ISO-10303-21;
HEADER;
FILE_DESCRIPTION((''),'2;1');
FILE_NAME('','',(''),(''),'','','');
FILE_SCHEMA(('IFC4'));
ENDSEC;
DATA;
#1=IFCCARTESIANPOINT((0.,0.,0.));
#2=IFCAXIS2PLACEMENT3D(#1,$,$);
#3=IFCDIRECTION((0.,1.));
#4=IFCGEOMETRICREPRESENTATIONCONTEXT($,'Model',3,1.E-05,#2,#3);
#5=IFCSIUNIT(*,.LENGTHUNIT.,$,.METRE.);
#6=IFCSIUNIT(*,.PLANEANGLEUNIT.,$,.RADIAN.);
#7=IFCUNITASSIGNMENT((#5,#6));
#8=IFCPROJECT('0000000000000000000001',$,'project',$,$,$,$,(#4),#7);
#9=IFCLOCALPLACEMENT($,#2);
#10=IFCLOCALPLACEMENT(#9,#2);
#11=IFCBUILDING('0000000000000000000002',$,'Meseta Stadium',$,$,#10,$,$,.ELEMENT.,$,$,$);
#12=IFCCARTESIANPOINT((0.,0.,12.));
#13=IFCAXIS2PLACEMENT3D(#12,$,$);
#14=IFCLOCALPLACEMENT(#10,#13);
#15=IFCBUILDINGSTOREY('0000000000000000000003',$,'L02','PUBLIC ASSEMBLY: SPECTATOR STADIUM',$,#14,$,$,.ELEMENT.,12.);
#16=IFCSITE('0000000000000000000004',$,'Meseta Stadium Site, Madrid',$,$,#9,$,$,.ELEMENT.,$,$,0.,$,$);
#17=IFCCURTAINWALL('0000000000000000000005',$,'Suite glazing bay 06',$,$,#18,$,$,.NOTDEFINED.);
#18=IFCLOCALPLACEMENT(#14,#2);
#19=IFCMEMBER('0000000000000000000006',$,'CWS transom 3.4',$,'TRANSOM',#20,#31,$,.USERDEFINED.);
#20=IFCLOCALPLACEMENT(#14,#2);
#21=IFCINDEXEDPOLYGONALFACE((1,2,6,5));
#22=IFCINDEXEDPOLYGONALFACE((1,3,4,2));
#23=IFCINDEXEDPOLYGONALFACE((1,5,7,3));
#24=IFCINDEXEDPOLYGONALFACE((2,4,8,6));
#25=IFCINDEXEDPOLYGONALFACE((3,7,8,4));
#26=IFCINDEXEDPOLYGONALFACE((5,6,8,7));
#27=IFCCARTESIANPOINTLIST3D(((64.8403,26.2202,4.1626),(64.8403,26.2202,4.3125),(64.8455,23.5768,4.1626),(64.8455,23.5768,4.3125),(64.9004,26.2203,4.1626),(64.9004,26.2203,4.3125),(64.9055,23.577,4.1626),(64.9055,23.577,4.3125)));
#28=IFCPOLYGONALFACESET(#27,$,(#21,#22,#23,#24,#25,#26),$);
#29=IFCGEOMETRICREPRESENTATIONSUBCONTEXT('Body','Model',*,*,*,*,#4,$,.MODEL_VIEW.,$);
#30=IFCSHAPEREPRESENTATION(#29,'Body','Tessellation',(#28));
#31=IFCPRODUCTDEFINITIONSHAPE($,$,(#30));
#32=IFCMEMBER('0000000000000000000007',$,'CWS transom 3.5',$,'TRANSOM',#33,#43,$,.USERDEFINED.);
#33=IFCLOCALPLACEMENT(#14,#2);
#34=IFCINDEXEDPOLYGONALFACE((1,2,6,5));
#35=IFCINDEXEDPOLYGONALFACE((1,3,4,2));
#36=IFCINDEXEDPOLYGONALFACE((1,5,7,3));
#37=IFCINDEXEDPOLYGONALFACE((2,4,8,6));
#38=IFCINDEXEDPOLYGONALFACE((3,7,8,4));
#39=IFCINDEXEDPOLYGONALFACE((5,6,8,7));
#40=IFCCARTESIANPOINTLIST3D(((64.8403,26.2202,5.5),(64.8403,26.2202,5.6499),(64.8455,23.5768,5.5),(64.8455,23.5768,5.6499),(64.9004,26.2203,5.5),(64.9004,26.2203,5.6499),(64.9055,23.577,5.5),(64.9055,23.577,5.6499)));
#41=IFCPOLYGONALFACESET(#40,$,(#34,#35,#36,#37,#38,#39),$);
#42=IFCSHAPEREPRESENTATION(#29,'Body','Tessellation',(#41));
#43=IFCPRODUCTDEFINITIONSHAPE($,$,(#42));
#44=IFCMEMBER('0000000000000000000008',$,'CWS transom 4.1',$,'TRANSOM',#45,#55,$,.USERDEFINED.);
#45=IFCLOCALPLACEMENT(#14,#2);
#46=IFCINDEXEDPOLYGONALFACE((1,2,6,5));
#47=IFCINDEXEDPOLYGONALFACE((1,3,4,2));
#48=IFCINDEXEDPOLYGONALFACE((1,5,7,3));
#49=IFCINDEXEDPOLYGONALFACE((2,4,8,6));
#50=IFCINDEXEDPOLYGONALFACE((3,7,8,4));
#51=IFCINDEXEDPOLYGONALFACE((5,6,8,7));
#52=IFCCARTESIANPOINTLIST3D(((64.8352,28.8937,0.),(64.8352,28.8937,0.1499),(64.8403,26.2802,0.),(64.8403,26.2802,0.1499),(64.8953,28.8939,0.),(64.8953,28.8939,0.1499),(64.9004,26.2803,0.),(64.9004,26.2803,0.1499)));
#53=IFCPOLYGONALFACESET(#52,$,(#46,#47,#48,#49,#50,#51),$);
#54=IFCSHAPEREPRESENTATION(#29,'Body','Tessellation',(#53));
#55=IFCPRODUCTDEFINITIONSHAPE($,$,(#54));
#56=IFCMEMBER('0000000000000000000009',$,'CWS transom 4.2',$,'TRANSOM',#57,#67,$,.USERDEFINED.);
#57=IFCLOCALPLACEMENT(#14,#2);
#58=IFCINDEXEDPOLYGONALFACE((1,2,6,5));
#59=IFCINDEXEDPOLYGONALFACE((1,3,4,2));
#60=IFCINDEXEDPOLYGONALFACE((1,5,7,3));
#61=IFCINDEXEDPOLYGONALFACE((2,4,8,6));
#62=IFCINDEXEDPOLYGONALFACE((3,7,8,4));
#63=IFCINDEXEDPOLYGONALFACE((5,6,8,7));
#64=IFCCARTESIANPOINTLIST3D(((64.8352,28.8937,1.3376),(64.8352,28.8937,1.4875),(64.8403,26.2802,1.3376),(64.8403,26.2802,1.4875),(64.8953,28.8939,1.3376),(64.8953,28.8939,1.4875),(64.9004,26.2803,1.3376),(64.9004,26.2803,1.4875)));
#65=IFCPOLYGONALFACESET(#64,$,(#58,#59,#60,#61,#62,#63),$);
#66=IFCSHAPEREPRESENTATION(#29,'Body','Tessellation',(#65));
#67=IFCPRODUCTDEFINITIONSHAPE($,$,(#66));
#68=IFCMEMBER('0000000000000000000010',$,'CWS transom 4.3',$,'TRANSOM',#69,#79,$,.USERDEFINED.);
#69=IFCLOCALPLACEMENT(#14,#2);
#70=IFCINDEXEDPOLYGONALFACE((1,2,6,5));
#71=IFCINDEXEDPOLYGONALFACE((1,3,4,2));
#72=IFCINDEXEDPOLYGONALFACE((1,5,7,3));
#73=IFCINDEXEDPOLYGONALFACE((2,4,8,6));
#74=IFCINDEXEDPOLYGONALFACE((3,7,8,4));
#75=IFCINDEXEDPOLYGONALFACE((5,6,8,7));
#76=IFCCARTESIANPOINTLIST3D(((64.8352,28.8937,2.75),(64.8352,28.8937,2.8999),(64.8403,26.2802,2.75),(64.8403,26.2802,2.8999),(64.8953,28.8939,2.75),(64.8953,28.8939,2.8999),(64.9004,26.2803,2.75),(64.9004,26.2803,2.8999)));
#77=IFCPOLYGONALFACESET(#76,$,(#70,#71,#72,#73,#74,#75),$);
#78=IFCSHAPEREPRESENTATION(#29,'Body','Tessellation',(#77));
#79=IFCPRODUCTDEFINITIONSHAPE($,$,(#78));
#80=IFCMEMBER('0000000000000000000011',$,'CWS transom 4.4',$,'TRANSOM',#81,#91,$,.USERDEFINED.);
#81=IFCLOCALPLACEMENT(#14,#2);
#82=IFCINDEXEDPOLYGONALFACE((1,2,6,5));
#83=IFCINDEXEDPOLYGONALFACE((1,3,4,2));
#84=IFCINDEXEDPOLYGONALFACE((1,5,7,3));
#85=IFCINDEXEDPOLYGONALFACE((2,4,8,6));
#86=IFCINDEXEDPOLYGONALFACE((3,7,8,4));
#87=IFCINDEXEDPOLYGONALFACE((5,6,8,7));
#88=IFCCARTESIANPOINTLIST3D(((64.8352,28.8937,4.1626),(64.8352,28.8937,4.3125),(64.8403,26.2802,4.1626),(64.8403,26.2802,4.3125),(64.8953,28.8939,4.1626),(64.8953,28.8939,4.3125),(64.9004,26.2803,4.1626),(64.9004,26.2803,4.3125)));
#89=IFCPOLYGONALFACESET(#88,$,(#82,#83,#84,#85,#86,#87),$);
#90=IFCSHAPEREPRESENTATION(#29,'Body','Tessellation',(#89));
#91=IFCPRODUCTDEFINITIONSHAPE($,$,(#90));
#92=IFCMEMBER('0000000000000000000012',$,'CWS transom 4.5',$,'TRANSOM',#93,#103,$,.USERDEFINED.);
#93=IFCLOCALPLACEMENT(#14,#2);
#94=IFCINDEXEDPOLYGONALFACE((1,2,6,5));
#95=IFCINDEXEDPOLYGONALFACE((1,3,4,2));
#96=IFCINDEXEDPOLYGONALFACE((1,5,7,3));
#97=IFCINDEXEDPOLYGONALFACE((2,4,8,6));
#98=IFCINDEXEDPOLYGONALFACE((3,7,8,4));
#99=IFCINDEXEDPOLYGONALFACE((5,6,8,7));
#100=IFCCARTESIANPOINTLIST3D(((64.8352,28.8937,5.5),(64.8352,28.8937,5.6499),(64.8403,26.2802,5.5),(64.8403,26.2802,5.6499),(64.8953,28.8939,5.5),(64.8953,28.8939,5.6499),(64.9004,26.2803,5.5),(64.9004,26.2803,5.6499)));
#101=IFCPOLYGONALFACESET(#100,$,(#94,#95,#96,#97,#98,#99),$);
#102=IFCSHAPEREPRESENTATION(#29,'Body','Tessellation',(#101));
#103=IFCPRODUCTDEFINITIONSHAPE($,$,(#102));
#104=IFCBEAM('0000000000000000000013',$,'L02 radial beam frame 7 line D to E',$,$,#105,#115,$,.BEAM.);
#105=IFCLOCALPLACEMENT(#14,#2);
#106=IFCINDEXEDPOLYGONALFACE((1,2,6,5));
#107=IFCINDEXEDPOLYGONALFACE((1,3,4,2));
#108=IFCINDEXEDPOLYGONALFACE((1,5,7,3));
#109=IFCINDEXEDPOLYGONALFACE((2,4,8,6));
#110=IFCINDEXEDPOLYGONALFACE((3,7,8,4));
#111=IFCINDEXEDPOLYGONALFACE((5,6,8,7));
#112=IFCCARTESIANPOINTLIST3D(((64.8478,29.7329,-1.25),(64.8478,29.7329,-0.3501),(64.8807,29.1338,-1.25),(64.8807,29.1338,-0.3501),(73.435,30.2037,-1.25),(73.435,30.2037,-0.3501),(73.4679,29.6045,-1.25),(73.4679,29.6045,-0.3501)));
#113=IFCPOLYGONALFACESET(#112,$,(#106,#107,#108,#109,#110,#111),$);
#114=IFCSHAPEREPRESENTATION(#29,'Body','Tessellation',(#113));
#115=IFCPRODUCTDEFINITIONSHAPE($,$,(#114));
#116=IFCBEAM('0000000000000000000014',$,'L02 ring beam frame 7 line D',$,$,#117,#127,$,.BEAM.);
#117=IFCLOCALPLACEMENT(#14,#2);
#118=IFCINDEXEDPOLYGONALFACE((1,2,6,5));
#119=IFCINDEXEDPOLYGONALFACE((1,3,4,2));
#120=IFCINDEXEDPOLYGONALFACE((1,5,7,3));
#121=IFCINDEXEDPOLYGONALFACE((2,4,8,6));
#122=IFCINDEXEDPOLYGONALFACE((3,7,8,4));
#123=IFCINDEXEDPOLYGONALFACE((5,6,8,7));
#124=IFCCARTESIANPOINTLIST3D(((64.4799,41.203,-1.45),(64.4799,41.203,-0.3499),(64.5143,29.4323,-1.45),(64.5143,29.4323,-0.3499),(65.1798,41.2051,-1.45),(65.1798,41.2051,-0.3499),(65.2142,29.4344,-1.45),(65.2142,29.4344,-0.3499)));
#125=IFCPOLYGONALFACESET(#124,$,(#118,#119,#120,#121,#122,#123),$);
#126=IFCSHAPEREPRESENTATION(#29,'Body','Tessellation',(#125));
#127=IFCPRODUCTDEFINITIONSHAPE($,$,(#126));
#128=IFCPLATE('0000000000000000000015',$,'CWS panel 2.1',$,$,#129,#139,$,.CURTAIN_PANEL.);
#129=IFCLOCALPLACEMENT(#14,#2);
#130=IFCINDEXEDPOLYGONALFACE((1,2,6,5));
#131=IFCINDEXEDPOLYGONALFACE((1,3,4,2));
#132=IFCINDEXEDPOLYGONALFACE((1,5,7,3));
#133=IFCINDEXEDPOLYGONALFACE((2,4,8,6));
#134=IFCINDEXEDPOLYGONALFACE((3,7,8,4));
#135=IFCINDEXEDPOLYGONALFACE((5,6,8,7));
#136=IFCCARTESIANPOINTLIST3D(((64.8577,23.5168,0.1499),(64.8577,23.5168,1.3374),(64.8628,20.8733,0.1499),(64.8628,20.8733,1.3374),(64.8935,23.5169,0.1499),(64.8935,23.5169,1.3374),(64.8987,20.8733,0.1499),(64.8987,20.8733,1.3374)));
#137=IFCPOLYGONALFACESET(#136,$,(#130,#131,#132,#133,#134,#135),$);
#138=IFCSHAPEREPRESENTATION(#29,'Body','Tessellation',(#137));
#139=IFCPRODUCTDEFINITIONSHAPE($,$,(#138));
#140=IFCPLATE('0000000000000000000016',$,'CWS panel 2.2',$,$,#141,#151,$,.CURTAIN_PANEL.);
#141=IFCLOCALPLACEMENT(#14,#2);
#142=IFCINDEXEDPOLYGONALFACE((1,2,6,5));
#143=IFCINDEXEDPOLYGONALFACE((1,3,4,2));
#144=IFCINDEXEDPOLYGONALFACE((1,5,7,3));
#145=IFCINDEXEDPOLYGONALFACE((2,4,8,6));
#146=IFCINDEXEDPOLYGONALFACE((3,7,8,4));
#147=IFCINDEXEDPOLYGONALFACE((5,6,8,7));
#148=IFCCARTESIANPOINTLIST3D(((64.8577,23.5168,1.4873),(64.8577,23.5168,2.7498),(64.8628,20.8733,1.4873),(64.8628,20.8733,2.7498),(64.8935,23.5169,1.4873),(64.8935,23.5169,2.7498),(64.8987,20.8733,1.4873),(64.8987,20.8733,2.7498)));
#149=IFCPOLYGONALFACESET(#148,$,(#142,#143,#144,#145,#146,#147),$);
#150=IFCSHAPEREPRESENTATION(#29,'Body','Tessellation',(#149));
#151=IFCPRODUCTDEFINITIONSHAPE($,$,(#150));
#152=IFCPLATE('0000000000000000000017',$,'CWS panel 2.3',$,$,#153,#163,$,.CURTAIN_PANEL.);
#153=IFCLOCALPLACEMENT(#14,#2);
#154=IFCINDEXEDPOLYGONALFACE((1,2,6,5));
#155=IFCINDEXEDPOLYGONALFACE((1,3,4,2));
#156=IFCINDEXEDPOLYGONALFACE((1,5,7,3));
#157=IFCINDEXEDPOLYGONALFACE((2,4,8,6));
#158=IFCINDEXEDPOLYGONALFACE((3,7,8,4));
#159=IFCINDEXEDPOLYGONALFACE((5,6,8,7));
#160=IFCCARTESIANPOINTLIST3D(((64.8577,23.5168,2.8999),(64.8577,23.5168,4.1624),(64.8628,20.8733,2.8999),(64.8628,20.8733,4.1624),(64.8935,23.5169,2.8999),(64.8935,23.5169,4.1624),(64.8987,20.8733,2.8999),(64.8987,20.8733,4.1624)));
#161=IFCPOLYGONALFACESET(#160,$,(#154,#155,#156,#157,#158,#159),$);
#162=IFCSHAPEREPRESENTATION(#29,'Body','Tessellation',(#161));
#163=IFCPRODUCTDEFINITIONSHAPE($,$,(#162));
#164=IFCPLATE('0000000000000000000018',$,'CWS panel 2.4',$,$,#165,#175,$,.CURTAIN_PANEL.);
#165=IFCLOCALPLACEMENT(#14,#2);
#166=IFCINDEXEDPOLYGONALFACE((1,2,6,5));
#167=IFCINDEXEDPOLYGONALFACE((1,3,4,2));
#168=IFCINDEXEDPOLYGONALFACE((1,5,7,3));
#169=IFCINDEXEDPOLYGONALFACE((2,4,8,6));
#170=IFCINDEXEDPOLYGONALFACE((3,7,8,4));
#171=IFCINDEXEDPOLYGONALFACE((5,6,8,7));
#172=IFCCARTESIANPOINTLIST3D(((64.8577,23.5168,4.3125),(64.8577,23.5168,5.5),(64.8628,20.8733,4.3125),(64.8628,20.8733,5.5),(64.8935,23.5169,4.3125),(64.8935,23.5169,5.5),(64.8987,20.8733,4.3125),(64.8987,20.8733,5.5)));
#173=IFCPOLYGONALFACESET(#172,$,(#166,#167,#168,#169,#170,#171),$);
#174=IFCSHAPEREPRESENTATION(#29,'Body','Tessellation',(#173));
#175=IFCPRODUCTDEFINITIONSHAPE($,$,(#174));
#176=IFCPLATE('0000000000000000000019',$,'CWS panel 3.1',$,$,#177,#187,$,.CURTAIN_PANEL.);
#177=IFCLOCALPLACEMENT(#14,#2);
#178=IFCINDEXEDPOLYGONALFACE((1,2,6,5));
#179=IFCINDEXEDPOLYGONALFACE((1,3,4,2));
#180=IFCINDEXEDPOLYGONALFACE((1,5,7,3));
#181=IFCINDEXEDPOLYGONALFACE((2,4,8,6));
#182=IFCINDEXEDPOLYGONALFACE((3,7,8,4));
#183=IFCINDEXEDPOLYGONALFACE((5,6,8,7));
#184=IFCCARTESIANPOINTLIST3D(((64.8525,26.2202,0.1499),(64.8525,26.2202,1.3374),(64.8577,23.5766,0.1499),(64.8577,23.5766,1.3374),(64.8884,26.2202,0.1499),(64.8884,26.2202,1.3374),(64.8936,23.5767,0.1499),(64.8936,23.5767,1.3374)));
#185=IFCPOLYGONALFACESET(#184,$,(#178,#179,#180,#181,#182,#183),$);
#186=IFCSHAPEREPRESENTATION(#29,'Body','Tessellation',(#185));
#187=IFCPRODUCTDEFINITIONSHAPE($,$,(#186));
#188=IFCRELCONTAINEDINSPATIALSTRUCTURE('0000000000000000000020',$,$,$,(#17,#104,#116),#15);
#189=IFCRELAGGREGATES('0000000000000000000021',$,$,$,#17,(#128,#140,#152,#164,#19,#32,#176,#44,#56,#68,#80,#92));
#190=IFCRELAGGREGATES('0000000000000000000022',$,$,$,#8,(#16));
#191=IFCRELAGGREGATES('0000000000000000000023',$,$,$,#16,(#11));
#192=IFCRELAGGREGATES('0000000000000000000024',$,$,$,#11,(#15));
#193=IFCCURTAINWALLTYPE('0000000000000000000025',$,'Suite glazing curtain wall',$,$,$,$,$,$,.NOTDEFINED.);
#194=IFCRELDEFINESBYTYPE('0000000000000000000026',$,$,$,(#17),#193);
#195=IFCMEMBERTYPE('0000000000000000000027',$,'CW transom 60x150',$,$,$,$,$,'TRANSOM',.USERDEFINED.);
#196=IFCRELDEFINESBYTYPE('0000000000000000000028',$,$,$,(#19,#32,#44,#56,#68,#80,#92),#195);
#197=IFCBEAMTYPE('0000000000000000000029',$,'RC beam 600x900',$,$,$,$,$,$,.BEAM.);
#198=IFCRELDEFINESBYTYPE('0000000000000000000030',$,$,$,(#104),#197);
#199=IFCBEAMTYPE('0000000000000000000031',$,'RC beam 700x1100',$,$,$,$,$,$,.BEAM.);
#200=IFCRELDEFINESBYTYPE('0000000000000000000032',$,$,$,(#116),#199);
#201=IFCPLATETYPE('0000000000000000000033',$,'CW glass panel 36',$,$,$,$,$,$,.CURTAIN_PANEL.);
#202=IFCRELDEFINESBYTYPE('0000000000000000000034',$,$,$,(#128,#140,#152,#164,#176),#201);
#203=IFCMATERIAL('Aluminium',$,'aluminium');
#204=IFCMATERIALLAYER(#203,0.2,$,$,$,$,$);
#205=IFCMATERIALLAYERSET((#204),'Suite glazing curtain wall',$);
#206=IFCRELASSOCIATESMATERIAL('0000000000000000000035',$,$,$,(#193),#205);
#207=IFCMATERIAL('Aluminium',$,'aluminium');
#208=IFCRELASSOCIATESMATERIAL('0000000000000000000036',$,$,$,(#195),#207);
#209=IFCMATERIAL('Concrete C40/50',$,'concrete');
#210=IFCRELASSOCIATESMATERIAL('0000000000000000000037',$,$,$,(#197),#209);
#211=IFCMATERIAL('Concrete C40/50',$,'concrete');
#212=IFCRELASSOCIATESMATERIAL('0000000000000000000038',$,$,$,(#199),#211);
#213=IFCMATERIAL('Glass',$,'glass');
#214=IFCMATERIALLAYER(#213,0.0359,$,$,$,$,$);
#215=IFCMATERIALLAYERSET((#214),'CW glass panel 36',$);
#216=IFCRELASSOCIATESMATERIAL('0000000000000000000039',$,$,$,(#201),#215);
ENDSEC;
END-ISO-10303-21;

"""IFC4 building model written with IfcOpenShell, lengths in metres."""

from ifc_helpers import new_model, si_unit, direction, frame, origin, origin_2d, place, context, subcontext, project, spatial, rectangle, extrude, material, layer, layer_set, material_profile, profile_set, type_object, element, aggregate, save


model = new_model("IFC4")

# Units and contexts
model_context = context("Model", 3, precision=1e-05, world=origin(), true_north=direction((0.0, 1.0)))
body_context = subcontext(model_context, "Body", "Model", "MODEL_VIEW")
ifc_project = project(units=[si_unit("LENGTHUNIT", "METRE"), si_unit("PLANEANGLEUNIT", "RADIAN")], contexts=[model_context])

# Site, building, storey
site_placement = place(None, origin())
site = spatial("IfcSite", under=ifc_project, at=site_placement, Name="Meseta Stadium Site, Madrid", CompositionType="ELEMENT", RefElevation=0.0)
building_placement = place(site_placement, origin())
building = spatial("IfcBuilding", under=site, at=building_placement, Name="Meseta Stadium", CompositionType="ELEMENT")
storey_placement = place(building_placement, frame((0.0, 0.0, 12.0)))
storey = spatial("IfcBuildingStorey", under=building, at=storey_placement, Name="L02", Description="PUBLIC ASSEMBLY: SPECTATOR STADIUM", CompositionType="ELEMENT", Elevation=12.0)

# Curtain wall, members
ifc_material_1 = material(Name="Aluminium", Category="aluminium")
ifc_layer_1 = layer(ifc_material_1, 0.2)
ifc_layer_set_1 = layer_set([ifc_layer_1], Name="Suite glazing curtain wall")
curtain_wall_type = type_object("IfcCurtainWallType", Name="Suite glazing curtain wall", PredefinedType="NOTDEFINED", material=ifc_layer_set_1)
curtain_wall_placement = place(storey_placement, origin())
curtain_wall = element("IfcCurtainWall", 1, at=curtain_wall_placement, inside=storey, type_object=curtain_wall_type, Name="Suite glazing bay 06", PredefinedType="NOTDEFINED")
ifc_material_2 = material(Name="Aluminium", Category="aluminium")
ifc_material_profile_1 = material_profile(ifc_material_2, rectangle(XDim=0.0601, YDim=0.1499, at=origin_2d()), Name="CW 60x150")
ifc_profile_set_1 = profile_set([ifc_material_profile_1], Name="Aluminium")
member_type_1 = type_object("IfcMemberType", Name="CW transom 60x150", ElementType="TRANSOM", PredefinedType="USERDEFINED", material=ifc_profile_set_1)
member_1_placement = place(storey_placement, frame((64.8755, 23.5769, 4.2375), z_axis=(-0.00194, 0.999998, 0.0), x_axis=(-0.999998, -0.00194, 0.0)))
member_1 = element("IfcMember", 2, at=member_1_placement, type_object=member_type_1, Name="CWS transom 3.4", ObjectType="TRANSOM", PredefinedType="USERDEFINED", context=body_context, shape_type="SweptSolid", body=[
    extrude(rectangle(XDim=0.0601, YDim=0.1499, at=origin_2d()), origin(), (0.0, 0.0, 1.0), 2.6433),
])
member_2_placement = place(storey_placement, frame((64.8755, 23.5769, 5.575), z_axis=(-0.00194, 0.999998, 0.0), x_axis=(-0.999998, -0.00194, 0.0)))
member_2 = element("IfcMember", 3, at=member_2_placement, type_object=member_type_1, Name="CWS transom 3.5", ObjectType="TRANSOM", PredefinedType="USERDEFINED", context=body_context, shape_type="SweptSolid", body=[
    extrude(rectangle(XDim=0.0601, YDim=0.1499, at=origin_2d()), origin(), (0.0, 0.0, 1.0), 2.6433),
])
member_3_placement = place(storey_placement, frame((64.8704, 26.2803, 0.075), z_axis=(-0.001962, 0.999998, 0.0), x_axis=(-0.999998, -0.001962, 0.0)))
member_3 = element("IfcMember", 4, at=member_3_placement, type_object=member_type_1, Name="CWS transom 4.1", ObjectType="TRANSOM", PredefinedType="USERDEFINED", context=body_context, shape_type="SweptSolid", body=[
    extrude(rectangle(XDim=0.0601, YDim=0.1499, at=origin_2d()), origin(), (0.0, 0.0, 1.0), 2.6135),
])
member_4_placement = place(storey_placement, frame((64.8704, 26.2803, 1.4126), z_axis=(-0.001962, 0.999998, 0.0), x_axis=(-0.999998, -0.001962, 0.0)))
member_4 = element("IfcMember", 5, at=member_4_placement, type_object=member_type_1, Name="CWS transom 4.2", ObjectType="TRANSOM", PredefinedType="USERDEFINED", context=body_context, shape_type="SweptSolid", body=[
    extrude(rectangle(XDim=0.0601, YDim=0.1499, at=origin_2d()), origin(), (0.0, 0.0, 1.0), 2.6135),
])
member_5_placement = place(storey_placement, frame((64.8704, 26.2803, 2.825), z_axis=(-0.001962, 0.999998, 0.0), x_axis=(-0.999998, -0.001962, 0.0)))
member_5 = element("IfcMember", 6, at=member_5_placement, type_object=member_type_1, Name="CWS transom 4.3", ObjectType="TRANSOM", PredefinedType="USERDEFINED", context=body_context, shape_type="SweptSolid", body=[
    extrude(rectangle(XDim=0.0601, YDim=0.1499, at=origin_2d()), origin(), (0.0, 0.0, 1.0), 2.6135),
])
member_6_placement = place(storey_placement, frame((64.8704, 26.2803, 4.2375), z_axis=(-0.001962, 0.999998, 0.0), x_axis=(-0.999998, -0.001962, 0.0)))
member_6 = element("IfcMember", 7, at=member_6_placement, type_object=member_type_1, Name="CWS transom 4.4", ObjectType="TRANSOM", PredefinedType="USERDEFINED", context=body_context, shape_type="SweptSolid", body=[
    extrude(rectangle(XDim=0.0601, YDim=0.1499, at=origin_2d()), origin(), (0.0, 0.0, 1.0), 2.6135),
])
member_7_placement = place(storey_placement, frame((64.8704, 26.2803, 5.575), z_axis=(-0.001962, 0.999998, 0.0), x_axis=(-0.999998, -0.001962, 0.0)))
member_7 = element("IfcMember", 8, at=member_7_placement, type_object=member_type_1, Name="CWS transom 4.5", ObjectType="TRANSOM", PredefinedType="USERDEFINED", context=body_context, shape_type="SweptSolid", body=[
    extrude(rectangle(XDim=0.0601, YDim=0.1499, at=origin_2d()), origin(), (0.0, 0.0, 1.0), 2.6135),
])

# Beams
ifc_material_3 = material(Name="Concrete C40/50", Category="concrete")
ifc_material_profile_2 = material_profile(ifc_material_3, rectangle(XDim=0.6001, YDim=0.8999, at=origin_2d()), Name="RC 600x900")
ifc_profile_set_2 = profile_set([ifc_material_profile_2], Name="Concrete C40/50")
beam_type_1 = type_object("IfcBeamType", Name="RC beam 600x900", PredefinedType="BEAM", material=ifc_profile_set_2)
beam_1_placement = place(storey_placement, frame((64.8643, 29.4333, -0.8), z_axis=(0.998501, 0.054733, 0.0), x_axis=(-0.054733, 0.998501, 0.0)))
element("IfcBeam", 9, at=beam_1_placement, inside=storey, type_object=beam_type_1, Name="L02 radial beam frame 7 line D to E", PredefinedType="BEAM", context=body_context, shape_type="SweptSolid", body=[
    extrude(rectangle(XDim=0.6001, YDim=0.8999, at=origin_2d()), origin(), (0.0, 0.0, 1.0), 8.6001),
])
ifc_material_4 = material(Name="Concrete C40/50", Category="concrete")
ifc_material_profile_3 = material_profile(ifc_material_4, rectangle(XDim=0.7, YDim=1.1001, at=origin_2d()), Name="RC 700x1100")
ifc_profile_set_3 = profile_set([ifc_material_profile_3], Name="Concrete C40/50")
beam_type_2 = type_object("IfcBeamType", Name="RC beam 700x1100", PredefinedType="BEAM", material=ifc_profile_set_3)
beam_2_placement = place(storey_placement, frame((64.8643, 29.4333, -0.8999), z_axis=(-0.002925, 0.999996, 0.0), x_axis=(-0.999996, -0.002925, 0.0)))
element("IfcBeam", 10, at=beam_2_placement, inside=storey, type_object=beam_type_2, Name="L02 ring beam frame 7 line D", PredefinedType="BEAM", context=body_context, shape_type="SweptSolid", body=[
    extrude(rectangle(XDim=0.7, YDim=1.1001, at=origin_2d()), origin(), (0.0, 0.0, 1.0), 11.7708),
])

# Plates
ifc_material_5 = material(Name="Glass", Category="glass")
ifc_layer_2 = layer(ifc_material_5, 0.0359)
ifc_layer_set_2 = layer_set([ifc_layer_2], Name="CW glass panel 36")
plate_type = type_object("IfcPlateType", Name="CW glass panel 36", PredefinedType="CURTAIN_PANEL", material=ifc_layer_set_2)
plate_1_placement = place(storey_placement, frame((64.8782, 22.1951, 0.1499), z_axis=(0.0, 0.0, 1.0), x_axis=(-0.001947, 0.999998, 0.0)))
plate_1 = element("IfcPlate", 11, at=plate_1_placement, type_object=plate_type, Name="CWS panel 2.1", PredefinedType="CURTAIN_PANEL", context=body_context, shape_type="SweptSolid", body=[
    extrude(rectangle(XDim=2.6436, YDim=0.0359, at=origin_2d()), origin(), (0.0, 0.0, 1.0), 1.1875),
])
plate_2_placement = place(storey_placement, frame((64.8782, 22.1951, 1.4873), z_axis=(0.0, 0.0, 1.0), x_axis=(-0.001947, 0.999998, 0.0)))
plate_2 = element("IfcPlate", 12, at=plate_2_placement, type_object=plate_type, Name="CWS panel 2.2", PredefinedType="CURTAIN_PANEL", context=body_context, shape_type="SweptSolid", body=[
    extrude(rectangle(XDim=2.6436, YDim=0.0359, at=origin_2d()), origin(), (0.0, 0.0, 1.0), 1.2625),
])
plate_3_placement = place(storey_placement, frame((64.8782, 22.1951, 2.8999), z_axis=(0.0, 0.0, 1.0), x_axis=(-0.001947, 0.999998, 0.0)))
plate_3 = element("IfcPlate", 13, at=plate_3_placement, type_object=plate_type, Name="CWS panel 2.3", PredefinedType="CURTAIN_PANEL", context=body_context, shape_type="SweptSolid", body=[
    extrude(rectangle(XDim=2.6436, YDim=0.0359, at=origin_2d()), origin(), (0.0, 0.0, 1.0), 1.2625),
])
plate_4_placement = place(storey_placement, frame((64.8782, 22.1951, 4.3125), z_axis=(0.0, 0.0, 1.0), x_axis=(-0.001947, 0.999998, 0.0)))
plate_4 = element("IfcPlate", 14, at=plate_4_placement, type_object=plate_type, Name="CWS panel 2.4", PredefinedType="CURTAIN_PANEL", context=body_context, shape_type="SweptSolid", body=[
    extrude(rectangle(XDim=2.6436, YDim=0.0359, at=origin_2d()), origin(), (0.0, 0.0, 1.0), 1.1875),
])
plate_5_placement = place(storey_placement, frame((64.873, 24.8984, 0.1499), z_axis=(0.0, 0.0, 1.0), x_axis=(-0.001947, 0.999998, 0.0)))
plate_5 = element("IfcPlate", 15, at=plate_5_placement, type_object=plate_type, Name="CWS panel 3.1", PredefinedType="CURTAIN_PANEL", context=body_context, shape_type="SweptSolid", body=[
    extrude(rectangle(XDim=2.6436, YDim=0.0359, at=origin_2d()), origin(), (0.0, 0.0, 1.0), 1.1875),
])
aggregate(curtain_wall, [plate_1, plate_2, plate_3, plate_4, member_1, member_2, plate_5, member_3, member_4, member_5, member_6, member_7])

save(model, "model.ifc")
